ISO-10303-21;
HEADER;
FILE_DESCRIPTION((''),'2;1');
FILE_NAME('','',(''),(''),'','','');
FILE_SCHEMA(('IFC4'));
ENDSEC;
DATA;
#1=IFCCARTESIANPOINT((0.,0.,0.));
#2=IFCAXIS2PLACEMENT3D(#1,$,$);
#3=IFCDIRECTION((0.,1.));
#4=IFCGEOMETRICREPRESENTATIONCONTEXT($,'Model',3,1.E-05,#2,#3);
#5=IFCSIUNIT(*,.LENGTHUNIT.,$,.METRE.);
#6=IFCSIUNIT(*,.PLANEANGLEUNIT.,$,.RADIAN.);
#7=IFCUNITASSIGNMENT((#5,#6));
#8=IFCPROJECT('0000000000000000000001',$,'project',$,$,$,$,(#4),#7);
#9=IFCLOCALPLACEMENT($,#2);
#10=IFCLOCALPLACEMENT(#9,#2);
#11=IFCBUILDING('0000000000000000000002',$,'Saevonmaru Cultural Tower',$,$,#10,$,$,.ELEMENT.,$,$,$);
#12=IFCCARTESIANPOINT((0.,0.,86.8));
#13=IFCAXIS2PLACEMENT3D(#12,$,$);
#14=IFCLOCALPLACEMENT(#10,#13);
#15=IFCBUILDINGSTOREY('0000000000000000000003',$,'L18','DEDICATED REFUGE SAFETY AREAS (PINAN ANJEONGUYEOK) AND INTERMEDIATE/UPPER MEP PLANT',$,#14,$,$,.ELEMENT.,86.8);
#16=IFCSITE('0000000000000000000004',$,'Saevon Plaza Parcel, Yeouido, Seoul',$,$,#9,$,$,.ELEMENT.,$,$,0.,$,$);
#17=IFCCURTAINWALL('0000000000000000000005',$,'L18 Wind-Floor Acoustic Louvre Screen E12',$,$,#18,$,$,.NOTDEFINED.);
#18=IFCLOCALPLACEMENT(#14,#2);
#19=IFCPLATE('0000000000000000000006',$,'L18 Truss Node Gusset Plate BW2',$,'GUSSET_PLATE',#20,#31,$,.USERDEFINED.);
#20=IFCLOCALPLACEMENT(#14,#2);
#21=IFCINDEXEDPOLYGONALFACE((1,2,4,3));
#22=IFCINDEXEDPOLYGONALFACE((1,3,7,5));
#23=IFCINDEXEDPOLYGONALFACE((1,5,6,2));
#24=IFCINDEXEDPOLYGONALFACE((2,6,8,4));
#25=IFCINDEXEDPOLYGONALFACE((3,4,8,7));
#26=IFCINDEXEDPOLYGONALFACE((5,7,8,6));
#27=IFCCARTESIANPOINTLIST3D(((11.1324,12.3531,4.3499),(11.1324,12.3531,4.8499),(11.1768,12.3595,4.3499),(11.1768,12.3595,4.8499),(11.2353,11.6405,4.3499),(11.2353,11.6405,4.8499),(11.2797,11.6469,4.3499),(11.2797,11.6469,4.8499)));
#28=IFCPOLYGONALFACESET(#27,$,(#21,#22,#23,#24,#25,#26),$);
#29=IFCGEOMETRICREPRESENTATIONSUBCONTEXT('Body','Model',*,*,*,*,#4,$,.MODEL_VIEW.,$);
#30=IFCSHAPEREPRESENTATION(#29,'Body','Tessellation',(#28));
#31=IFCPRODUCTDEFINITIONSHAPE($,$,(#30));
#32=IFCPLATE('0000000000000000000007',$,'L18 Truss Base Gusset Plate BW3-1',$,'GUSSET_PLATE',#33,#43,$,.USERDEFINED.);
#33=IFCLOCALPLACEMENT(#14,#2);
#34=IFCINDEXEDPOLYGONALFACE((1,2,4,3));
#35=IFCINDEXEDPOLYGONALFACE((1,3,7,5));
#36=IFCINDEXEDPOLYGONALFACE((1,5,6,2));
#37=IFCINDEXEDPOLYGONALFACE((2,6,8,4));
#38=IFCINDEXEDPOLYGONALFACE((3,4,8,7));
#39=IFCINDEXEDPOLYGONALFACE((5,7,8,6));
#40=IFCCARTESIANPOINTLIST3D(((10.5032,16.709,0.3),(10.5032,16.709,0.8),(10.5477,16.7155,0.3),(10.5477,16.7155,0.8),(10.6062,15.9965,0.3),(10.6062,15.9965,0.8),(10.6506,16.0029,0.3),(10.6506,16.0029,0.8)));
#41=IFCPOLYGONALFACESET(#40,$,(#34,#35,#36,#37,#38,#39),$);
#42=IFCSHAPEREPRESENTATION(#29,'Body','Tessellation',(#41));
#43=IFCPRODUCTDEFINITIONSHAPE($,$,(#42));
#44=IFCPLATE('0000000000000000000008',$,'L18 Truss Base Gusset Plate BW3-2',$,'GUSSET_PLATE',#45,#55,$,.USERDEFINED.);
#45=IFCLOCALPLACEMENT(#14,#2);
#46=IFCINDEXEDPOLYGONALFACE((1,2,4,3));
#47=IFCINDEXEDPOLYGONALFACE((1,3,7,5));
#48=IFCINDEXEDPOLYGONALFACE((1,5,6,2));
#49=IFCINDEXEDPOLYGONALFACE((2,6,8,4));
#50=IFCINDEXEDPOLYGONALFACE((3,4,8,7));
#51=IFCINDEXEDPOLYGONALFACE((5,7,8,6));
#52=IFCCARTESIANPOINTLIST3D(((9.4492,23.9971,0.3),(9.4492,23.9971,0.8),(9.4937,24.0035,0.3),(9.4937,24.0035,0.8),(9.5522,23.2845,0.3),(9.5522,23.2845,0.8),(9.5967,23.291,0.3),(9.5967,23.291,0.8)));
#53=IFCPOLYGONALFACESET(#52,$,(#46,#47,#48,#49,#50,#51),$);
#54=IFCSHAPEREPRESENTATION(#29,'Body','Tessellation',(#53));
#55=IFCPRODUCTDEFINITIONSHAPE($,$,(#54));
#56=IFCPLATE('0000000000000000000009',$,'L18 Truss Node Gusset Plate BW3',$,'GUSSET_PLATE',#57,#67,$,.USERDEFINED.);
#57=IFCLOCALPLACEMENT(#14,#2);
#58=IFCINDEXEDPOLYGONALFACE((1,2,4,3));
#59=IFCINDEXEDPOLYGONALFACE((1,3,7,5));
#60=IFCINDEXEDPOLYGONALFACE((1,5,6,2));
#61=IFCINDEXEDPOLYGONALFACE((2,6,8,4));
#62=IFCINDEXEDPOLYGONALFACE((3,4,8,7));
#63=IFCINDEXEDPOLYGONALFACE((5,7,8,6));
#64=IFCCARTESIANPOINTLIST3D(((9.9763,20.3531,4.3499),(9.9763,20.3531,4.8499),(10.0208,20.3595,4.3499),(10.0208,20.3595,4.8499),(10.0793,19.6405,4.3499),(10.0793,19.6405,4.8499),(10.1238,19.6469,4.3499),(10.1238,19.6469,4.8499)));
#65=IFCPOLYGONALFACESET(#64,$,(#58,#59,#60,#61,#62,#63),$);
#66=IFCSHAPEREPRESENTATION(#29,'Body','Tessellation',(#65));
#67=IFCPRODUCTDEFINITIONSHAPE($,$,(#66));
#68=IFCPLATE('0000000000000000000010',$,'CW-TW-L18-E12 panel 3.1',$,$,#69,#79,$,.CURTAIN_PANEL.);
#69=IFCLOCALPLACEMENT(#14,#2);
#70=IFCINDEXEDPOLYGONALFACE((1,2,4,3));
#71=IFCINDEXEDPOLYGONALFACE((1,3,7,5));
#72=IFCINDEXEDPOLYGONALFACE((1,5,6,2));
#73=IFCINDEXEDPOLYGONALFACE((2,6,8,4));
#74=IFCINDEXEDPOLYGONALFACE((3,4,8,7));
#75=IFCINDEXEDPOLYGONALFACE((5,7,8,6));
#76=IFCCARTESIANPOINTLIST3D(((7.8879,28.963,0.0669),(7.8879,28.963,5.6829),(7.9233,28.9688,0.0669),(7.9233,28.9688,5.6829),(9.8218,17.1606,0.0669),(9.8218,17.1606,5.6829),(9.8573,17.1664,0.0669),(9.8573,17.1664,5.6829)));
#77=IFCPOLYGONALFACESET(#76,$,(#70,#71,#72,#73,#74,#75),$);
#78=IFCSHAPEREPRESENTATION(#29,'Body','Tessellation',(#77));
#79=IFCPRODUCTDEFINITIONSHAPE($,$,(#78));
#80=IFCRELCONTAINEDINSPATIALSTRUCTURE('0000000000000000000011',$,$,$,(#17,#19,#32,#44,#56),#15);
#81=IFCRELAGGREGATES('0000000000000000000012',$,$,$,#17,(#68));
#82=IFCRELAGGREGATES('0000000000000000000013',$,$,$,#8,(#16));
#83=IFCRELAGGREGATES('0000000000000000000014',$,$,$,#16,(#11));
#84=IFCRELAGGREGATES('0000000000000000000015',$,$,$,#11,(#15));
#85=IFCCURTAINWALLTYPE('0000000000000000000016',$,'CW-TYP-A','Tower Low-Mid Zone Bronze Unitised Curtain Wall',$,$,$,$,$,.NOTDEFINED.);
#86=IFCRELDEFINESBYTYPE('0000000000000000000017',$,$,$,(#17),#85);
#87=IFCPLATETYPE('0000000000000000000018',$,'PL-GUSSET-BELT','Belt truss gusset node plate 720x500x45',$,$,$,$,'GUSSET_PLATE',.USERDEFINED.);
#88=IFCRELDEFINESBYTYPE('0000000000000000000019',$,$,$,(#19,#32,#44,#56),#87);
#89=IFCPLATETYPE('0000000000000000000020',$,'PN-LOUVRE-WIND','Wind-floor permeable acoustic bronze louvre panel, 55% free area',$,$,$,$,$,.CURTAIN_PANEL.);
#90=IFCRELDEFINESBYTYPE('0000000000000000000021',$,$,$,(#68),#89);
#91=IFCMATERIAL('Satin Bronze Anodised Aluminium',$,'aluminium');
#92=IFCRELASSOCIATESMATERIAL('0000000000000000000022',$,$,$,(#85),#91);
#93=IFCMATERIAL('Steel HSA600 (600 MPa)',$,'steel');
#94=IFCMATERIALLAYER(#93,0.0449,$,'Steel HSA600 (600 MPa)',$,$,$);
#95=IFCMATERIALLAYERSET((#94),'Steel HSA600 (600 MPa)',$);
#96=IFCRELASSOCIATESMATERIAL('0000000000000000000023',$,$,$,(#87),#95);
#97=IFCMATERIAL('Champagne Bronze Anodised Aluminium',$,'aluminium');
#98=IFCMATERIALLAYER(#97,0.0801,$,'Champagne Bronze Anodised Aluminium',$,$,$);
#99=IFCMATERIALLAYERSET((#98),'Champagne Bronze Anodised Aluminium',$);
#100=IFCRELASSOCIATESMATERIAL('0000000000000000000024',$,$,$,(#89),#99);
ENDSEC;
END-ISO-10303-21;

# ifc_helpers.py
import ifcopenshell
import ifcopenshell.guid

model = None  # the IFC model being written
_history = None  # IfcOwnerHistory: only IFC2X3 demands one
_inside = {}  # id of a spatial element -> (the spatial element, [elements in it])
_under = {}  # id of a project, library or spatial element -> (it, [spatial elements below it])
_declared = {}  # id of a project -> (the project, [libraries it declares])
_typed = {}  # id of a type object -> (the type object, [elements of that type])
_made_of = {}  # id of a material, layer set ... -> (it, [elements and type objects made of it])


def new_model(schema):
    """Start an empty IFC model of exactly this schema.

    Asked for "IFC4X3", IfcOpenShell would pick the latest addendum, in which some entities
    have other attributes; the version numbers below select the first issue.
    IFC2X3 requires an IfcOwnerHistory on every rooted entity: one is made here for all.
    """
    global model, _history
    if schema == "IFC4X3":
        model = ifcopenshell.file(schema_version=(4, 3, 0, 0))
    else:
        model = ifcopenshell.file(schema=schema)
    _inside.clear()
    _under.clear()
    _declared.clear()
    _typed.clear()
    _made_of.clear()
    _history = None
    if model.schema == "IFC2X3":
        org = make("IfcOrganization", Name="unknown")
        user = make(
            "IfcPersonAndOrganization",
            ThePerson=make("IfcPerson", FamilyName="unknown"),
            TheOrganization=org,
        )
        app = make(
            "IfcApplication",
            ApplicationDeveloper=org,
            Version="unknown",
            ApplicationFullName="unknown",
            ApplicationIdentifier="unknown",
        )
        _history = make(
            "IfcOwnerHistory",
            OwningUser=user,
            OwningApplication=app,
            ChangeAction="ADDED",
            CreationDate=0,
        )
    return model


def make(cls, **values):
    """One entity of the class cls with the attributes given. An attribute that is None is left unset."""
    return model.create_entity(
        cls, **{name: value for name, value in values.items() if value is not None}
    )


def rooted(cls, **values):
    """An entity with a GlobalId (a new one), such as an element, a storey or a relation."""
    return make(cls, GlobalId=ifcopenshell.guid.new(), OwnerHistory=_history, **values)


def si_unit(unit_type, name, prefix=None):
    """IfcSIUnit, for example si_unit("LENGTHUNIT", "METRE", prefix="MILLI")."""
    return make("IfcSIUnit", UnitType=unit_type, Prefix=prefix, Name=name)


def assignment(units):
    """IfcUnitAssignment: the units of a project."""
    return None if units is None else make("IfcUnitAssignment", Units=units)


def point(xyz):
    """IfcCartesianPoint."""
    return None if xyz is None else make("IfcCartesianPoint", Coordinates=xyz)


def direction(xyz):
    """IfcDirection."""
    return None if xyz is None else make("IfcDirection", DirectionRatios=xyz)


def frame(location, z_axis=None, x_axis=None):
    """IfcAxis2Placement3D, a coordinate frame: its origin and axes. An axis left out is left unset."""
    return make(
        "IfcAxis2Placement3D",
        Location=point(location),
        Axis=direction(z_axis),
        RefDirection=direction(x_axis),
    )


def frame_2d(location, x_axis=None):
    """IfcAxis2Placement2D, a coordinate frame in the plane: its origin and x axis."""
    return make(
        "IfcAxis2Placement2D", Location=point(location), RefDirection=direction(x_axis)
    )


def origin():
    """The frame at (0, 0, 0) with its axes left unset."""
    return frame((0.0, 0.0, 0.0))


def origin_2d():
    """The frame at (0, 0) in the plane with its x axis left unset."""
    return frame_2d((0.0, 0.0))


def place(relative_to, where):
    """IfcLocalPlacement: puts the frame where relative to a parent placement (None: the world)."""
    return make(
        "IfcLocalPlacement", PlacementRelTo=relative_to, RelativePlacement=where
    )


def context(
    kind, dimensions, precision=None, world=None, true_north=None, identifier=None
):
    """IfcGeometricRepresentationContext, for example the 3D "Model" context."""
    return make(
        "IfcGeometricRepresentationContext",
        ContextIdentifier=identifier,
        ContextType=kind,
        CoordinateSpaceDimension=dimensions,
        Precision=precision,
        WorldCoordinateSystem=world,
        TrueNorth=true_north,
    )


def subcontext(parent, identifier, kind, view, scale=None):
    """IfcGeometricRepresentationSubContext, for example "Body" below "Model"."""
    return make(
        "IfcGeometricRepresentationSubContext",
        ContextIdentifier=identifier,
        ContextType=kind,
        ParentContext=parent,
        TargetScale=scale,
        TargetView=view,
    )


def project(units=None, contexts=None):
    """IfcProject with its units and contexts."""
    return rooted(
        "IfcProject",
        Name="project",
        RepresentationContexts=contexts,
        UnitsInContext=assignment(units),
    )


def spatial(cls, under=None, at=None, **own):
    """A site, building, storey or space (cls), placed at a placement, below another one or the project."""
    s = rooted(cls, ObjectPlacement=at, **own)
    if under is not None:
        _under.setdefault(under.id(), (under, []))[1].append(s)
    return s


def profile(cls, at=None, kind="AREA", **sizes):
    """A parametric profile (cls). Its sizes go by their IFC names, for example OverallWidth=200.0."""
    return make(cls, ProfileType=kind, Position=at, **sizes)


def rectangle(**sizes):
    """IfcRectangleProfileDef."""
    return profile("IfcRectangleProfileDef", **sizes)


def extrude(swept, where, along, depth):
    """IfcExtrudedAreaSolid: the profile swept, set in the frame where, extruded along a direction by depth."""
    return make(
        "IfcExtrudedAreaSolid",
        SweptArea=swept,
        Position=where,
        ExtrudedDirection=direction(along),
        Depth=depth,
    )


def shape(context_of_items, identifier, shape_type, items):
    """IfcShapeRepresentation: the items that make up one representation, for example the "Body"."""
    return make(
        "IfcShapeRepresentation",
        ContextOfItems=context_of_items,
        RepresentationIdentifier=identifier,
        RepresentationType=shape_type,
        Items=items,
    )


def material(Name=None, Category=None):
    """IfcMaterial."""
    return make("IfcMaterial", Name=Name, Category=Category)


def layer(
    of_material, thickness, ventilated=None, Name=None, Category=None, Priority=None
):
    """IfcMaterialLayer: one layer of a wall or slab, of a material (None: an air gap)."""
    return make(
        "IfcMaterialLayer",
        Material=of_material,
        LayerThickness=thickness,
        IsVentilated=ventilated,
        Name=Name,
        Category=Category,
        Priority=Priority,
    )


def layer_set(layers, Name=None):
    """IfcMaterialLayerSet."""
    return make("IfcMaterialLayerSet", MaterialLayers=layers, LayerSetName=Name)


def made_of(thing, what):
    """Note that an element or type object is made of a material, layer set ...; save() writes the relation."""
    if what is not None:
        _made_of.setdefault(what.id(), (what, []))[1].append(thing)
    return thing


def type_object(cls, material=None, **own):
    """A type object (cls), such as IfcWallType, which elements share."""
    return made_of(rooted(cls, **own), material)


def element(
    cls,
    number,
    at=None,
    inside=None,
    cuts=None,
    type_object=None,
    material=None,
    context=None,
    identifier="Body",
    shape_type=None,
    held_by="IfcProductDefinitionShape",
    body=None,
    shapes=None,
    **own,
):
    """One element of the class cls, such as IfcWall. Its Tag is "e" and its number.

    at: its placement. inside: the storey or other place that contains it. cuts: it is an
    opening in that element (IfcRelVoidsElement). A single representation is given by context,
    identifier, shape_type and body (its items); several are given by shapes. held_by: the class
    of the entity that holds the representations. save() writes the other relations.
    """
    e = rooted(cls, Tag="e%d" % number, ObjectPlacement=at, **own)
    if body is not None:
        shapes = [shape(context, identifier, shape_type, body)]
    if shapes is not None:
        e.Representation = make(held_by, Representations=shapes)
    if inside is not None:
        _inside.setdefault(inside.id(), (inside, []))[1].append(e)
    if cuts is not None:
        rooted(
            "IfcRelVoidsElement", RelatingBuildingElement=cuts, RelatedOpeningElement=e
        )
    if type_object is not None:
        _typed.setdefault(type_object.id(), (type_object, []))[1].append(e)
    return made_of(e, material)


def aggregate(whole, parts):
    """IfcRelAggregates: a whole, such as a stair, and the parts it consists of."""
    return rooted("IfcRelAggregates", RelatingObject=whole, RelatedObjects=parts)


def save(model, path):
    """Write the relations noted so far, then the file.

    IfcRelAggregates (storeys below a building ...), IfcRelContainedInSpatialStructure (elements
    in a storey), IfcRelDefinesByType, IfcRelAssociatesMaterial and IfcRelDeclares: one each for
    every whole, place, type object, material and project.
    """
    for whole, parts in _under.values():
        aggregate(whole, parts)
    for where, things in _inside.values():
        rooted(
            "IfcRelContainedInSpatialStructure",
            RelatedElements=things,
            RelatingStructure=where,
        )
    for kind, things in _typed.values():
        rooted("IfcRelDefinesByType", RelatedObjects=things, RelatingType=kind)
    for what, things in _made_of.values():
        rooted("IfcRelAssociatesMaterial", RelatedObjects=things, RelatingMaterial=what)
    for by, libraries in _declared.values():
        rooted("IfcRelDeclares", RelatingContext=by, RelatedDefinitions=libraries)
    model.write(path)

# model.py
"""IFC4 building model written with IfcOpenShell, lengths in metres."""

from ifc_helpers import new_model, si_unit, direction, frame, origin, origin_2d, place, context, subcontext, project, spatial, rectangle, extrude, material, layer, layer_set, type_object, element, aggregate, save


model = new_model("IFC4")

# Units and contexts
model_context = context("Model", 3, precision=1e-05, world=origin(), true_north=direction((0.0, 1.0)))
body_context = subcontext(model_context, "Body", "Model", "MODEL_VIEW")
ifc_project = project(units=[si_unit("LENGTHUNIT", "METRE"), si_unit("PLANEANGLEUNIT", "RADIAN")], contexts=[model_context])

# Site, building, storey
site_placement = place(None, origin())
site = spatial("IfcSite", under=ifc_project, at=site_placement, Name="Saevon Plaza Parcel, Yeouido, Seoul", CompositionType="ELEMENT", RefElevation=0.0)
building_placement = place(site_placement, origin())
building = spatial("IfcBuilding", under=site, at=building_placement, Name="Saevonmaru Cultural Tower", CompositionType="ELEMENT")
storey_placement = place(building_placement, frame((0.0, 0.0, 86.8)))
storey = spatial("IfcBuildingStorey", under=building, at=storey_placement, Name="L18", Description="DEDICATED REFUGE SAFETY AREAS (PINAN ANJEONGUYEOK) AND INTERMEDIATE/UPPER MEP PLANT", CompositionType="ELEMENT", Elevation=86.8)

# Shared definitions
ifc_material_1 = material(Name="Steel HSA600 (600 MPa)", Category="steel")

# Curtain wall
ifc_material_2 = material(Name="Satin Bronze Anodised Aluminium", Category="aluminium")
curtain_wall_type = type_object("IfcCurtainWallType", Name="CW-TYP-A", Description="Tower Low-Mid Zone Bronze Unitised Curtain Wall", PredefinedType="NOTDEFINED", material=ifc_material_2)
curtain_wall_placement = place(storey_placement, origin())
curtain_wall = element("IfcCurtainWall", 1, at=curtain_wall_placement, inside=storey, type_object=curtain_wall_type, Name="L18 Wind-Floor Acoustic Louvre Screen E12", PredefinedType="NOTDEFINED")

# Plates
ifc_layer_1 = layer(ifc_material_1, 0.0449, Name="Steel HSA600 (600 MPa)")
ifc_layer_set_1 = layer_set([ifc_layer_1], Name="Steel HSA600 (600 MPa)")
plate_type_1 = type_object("IfcPlateType", Name="PL-GUSSET-BELT", Description="Belt truss gusset node plate 720x500x45", ElementType="GUSSET_PLATE", PredefinedType="USERDEFINED", material=ifc_layer_set_1)
for number, where, z_axis, x_axis, name in (
    (2, (11.2061, 12.0, 4.3499), (0.0, 0.0, 1.0), (-0.142888, 0.989739, 0.0), "L18 Truss Node Gusset Plate BW2"),
    (3, (10.5769, 16.356, 0.3), (0.0, 0.0, 1.0), (-0.143009, 0.989721, 0.0), "L18 Truss Base Gusset Plate BW3-1"),
    (4, (9.5229, 23.644, 0.3), (0.0, 0.0, 1.0), (-0.143009, 0.989721, 0.0), "L18 Truss Base Gusset Plate BW3-2"),
    (5, (10.05, 20.0, 4.3499), (0.0, 0.0, 1.0), (-0.143009, 0.989721, 0.0), "L18 Truss Node Gusset Plate BW3"),
):
    element("IfcPlate", number, at=place(storey_placement, frame(where, z_axis=z_axis, x_axis=x_axis)), inside=storey, type_object=plate_type_1, Name=name, ObjectType="GUSSET_PLATE", PredefinedType="USERDEFINED", context=body_context, shape_type="SweptSolid", body=[
        extrude(rectangle(XDim=0.72, YDim=0.0449, at=origin_2d()), origin(), (0.0, 0.0, 1.0), 0.5),
    ])

# Plate
ifc_material_3 = material(Name="Champagne Bronze Anodised Aluminium", Category="aluminium")
ifc_layer_2 = layer(ifc_material_3, 0.0801, Name="Champagne Bronze Anodised Aluminium")
ifc_layer_set_2 = layer_set([ifc_layer_2], Name="Champagne Bronze Anodised Aluminium")
plate_type_2 = type_object("IfcPlateType", Name="PN-LOUVRE-WIND", Description="Wind-floor permeable acoustic bronze louvre panel, 55% free area", PredefinedType="CURTAIN_PANEL", material=ifc_layer_set_2)
plate_placement = place(storey_placement, frame((8.8726, 23.0647, 0.0669), z_axis=(0.0, 0.0, 1.0), x_axis=(0.161709, -0.986839, 0.0)))
plate = element("IfcPlate", 6, at=plate_placement, type_object=plate_type_2, Name="CW-TW-L18-E12 panel 3.1", PredefinedType="CURTAIN_PANEL", context=body_context, shape_type="SweptSolid", body=[
    extrude(rectangle(XDim=11.9597, YDim=0.0359, at=origin_2d()), origin(), (0.0, 0.0, 1.0), 5.616),
])
aggregate(curtain_wall, [plate])

save(model, "model.ifc")
